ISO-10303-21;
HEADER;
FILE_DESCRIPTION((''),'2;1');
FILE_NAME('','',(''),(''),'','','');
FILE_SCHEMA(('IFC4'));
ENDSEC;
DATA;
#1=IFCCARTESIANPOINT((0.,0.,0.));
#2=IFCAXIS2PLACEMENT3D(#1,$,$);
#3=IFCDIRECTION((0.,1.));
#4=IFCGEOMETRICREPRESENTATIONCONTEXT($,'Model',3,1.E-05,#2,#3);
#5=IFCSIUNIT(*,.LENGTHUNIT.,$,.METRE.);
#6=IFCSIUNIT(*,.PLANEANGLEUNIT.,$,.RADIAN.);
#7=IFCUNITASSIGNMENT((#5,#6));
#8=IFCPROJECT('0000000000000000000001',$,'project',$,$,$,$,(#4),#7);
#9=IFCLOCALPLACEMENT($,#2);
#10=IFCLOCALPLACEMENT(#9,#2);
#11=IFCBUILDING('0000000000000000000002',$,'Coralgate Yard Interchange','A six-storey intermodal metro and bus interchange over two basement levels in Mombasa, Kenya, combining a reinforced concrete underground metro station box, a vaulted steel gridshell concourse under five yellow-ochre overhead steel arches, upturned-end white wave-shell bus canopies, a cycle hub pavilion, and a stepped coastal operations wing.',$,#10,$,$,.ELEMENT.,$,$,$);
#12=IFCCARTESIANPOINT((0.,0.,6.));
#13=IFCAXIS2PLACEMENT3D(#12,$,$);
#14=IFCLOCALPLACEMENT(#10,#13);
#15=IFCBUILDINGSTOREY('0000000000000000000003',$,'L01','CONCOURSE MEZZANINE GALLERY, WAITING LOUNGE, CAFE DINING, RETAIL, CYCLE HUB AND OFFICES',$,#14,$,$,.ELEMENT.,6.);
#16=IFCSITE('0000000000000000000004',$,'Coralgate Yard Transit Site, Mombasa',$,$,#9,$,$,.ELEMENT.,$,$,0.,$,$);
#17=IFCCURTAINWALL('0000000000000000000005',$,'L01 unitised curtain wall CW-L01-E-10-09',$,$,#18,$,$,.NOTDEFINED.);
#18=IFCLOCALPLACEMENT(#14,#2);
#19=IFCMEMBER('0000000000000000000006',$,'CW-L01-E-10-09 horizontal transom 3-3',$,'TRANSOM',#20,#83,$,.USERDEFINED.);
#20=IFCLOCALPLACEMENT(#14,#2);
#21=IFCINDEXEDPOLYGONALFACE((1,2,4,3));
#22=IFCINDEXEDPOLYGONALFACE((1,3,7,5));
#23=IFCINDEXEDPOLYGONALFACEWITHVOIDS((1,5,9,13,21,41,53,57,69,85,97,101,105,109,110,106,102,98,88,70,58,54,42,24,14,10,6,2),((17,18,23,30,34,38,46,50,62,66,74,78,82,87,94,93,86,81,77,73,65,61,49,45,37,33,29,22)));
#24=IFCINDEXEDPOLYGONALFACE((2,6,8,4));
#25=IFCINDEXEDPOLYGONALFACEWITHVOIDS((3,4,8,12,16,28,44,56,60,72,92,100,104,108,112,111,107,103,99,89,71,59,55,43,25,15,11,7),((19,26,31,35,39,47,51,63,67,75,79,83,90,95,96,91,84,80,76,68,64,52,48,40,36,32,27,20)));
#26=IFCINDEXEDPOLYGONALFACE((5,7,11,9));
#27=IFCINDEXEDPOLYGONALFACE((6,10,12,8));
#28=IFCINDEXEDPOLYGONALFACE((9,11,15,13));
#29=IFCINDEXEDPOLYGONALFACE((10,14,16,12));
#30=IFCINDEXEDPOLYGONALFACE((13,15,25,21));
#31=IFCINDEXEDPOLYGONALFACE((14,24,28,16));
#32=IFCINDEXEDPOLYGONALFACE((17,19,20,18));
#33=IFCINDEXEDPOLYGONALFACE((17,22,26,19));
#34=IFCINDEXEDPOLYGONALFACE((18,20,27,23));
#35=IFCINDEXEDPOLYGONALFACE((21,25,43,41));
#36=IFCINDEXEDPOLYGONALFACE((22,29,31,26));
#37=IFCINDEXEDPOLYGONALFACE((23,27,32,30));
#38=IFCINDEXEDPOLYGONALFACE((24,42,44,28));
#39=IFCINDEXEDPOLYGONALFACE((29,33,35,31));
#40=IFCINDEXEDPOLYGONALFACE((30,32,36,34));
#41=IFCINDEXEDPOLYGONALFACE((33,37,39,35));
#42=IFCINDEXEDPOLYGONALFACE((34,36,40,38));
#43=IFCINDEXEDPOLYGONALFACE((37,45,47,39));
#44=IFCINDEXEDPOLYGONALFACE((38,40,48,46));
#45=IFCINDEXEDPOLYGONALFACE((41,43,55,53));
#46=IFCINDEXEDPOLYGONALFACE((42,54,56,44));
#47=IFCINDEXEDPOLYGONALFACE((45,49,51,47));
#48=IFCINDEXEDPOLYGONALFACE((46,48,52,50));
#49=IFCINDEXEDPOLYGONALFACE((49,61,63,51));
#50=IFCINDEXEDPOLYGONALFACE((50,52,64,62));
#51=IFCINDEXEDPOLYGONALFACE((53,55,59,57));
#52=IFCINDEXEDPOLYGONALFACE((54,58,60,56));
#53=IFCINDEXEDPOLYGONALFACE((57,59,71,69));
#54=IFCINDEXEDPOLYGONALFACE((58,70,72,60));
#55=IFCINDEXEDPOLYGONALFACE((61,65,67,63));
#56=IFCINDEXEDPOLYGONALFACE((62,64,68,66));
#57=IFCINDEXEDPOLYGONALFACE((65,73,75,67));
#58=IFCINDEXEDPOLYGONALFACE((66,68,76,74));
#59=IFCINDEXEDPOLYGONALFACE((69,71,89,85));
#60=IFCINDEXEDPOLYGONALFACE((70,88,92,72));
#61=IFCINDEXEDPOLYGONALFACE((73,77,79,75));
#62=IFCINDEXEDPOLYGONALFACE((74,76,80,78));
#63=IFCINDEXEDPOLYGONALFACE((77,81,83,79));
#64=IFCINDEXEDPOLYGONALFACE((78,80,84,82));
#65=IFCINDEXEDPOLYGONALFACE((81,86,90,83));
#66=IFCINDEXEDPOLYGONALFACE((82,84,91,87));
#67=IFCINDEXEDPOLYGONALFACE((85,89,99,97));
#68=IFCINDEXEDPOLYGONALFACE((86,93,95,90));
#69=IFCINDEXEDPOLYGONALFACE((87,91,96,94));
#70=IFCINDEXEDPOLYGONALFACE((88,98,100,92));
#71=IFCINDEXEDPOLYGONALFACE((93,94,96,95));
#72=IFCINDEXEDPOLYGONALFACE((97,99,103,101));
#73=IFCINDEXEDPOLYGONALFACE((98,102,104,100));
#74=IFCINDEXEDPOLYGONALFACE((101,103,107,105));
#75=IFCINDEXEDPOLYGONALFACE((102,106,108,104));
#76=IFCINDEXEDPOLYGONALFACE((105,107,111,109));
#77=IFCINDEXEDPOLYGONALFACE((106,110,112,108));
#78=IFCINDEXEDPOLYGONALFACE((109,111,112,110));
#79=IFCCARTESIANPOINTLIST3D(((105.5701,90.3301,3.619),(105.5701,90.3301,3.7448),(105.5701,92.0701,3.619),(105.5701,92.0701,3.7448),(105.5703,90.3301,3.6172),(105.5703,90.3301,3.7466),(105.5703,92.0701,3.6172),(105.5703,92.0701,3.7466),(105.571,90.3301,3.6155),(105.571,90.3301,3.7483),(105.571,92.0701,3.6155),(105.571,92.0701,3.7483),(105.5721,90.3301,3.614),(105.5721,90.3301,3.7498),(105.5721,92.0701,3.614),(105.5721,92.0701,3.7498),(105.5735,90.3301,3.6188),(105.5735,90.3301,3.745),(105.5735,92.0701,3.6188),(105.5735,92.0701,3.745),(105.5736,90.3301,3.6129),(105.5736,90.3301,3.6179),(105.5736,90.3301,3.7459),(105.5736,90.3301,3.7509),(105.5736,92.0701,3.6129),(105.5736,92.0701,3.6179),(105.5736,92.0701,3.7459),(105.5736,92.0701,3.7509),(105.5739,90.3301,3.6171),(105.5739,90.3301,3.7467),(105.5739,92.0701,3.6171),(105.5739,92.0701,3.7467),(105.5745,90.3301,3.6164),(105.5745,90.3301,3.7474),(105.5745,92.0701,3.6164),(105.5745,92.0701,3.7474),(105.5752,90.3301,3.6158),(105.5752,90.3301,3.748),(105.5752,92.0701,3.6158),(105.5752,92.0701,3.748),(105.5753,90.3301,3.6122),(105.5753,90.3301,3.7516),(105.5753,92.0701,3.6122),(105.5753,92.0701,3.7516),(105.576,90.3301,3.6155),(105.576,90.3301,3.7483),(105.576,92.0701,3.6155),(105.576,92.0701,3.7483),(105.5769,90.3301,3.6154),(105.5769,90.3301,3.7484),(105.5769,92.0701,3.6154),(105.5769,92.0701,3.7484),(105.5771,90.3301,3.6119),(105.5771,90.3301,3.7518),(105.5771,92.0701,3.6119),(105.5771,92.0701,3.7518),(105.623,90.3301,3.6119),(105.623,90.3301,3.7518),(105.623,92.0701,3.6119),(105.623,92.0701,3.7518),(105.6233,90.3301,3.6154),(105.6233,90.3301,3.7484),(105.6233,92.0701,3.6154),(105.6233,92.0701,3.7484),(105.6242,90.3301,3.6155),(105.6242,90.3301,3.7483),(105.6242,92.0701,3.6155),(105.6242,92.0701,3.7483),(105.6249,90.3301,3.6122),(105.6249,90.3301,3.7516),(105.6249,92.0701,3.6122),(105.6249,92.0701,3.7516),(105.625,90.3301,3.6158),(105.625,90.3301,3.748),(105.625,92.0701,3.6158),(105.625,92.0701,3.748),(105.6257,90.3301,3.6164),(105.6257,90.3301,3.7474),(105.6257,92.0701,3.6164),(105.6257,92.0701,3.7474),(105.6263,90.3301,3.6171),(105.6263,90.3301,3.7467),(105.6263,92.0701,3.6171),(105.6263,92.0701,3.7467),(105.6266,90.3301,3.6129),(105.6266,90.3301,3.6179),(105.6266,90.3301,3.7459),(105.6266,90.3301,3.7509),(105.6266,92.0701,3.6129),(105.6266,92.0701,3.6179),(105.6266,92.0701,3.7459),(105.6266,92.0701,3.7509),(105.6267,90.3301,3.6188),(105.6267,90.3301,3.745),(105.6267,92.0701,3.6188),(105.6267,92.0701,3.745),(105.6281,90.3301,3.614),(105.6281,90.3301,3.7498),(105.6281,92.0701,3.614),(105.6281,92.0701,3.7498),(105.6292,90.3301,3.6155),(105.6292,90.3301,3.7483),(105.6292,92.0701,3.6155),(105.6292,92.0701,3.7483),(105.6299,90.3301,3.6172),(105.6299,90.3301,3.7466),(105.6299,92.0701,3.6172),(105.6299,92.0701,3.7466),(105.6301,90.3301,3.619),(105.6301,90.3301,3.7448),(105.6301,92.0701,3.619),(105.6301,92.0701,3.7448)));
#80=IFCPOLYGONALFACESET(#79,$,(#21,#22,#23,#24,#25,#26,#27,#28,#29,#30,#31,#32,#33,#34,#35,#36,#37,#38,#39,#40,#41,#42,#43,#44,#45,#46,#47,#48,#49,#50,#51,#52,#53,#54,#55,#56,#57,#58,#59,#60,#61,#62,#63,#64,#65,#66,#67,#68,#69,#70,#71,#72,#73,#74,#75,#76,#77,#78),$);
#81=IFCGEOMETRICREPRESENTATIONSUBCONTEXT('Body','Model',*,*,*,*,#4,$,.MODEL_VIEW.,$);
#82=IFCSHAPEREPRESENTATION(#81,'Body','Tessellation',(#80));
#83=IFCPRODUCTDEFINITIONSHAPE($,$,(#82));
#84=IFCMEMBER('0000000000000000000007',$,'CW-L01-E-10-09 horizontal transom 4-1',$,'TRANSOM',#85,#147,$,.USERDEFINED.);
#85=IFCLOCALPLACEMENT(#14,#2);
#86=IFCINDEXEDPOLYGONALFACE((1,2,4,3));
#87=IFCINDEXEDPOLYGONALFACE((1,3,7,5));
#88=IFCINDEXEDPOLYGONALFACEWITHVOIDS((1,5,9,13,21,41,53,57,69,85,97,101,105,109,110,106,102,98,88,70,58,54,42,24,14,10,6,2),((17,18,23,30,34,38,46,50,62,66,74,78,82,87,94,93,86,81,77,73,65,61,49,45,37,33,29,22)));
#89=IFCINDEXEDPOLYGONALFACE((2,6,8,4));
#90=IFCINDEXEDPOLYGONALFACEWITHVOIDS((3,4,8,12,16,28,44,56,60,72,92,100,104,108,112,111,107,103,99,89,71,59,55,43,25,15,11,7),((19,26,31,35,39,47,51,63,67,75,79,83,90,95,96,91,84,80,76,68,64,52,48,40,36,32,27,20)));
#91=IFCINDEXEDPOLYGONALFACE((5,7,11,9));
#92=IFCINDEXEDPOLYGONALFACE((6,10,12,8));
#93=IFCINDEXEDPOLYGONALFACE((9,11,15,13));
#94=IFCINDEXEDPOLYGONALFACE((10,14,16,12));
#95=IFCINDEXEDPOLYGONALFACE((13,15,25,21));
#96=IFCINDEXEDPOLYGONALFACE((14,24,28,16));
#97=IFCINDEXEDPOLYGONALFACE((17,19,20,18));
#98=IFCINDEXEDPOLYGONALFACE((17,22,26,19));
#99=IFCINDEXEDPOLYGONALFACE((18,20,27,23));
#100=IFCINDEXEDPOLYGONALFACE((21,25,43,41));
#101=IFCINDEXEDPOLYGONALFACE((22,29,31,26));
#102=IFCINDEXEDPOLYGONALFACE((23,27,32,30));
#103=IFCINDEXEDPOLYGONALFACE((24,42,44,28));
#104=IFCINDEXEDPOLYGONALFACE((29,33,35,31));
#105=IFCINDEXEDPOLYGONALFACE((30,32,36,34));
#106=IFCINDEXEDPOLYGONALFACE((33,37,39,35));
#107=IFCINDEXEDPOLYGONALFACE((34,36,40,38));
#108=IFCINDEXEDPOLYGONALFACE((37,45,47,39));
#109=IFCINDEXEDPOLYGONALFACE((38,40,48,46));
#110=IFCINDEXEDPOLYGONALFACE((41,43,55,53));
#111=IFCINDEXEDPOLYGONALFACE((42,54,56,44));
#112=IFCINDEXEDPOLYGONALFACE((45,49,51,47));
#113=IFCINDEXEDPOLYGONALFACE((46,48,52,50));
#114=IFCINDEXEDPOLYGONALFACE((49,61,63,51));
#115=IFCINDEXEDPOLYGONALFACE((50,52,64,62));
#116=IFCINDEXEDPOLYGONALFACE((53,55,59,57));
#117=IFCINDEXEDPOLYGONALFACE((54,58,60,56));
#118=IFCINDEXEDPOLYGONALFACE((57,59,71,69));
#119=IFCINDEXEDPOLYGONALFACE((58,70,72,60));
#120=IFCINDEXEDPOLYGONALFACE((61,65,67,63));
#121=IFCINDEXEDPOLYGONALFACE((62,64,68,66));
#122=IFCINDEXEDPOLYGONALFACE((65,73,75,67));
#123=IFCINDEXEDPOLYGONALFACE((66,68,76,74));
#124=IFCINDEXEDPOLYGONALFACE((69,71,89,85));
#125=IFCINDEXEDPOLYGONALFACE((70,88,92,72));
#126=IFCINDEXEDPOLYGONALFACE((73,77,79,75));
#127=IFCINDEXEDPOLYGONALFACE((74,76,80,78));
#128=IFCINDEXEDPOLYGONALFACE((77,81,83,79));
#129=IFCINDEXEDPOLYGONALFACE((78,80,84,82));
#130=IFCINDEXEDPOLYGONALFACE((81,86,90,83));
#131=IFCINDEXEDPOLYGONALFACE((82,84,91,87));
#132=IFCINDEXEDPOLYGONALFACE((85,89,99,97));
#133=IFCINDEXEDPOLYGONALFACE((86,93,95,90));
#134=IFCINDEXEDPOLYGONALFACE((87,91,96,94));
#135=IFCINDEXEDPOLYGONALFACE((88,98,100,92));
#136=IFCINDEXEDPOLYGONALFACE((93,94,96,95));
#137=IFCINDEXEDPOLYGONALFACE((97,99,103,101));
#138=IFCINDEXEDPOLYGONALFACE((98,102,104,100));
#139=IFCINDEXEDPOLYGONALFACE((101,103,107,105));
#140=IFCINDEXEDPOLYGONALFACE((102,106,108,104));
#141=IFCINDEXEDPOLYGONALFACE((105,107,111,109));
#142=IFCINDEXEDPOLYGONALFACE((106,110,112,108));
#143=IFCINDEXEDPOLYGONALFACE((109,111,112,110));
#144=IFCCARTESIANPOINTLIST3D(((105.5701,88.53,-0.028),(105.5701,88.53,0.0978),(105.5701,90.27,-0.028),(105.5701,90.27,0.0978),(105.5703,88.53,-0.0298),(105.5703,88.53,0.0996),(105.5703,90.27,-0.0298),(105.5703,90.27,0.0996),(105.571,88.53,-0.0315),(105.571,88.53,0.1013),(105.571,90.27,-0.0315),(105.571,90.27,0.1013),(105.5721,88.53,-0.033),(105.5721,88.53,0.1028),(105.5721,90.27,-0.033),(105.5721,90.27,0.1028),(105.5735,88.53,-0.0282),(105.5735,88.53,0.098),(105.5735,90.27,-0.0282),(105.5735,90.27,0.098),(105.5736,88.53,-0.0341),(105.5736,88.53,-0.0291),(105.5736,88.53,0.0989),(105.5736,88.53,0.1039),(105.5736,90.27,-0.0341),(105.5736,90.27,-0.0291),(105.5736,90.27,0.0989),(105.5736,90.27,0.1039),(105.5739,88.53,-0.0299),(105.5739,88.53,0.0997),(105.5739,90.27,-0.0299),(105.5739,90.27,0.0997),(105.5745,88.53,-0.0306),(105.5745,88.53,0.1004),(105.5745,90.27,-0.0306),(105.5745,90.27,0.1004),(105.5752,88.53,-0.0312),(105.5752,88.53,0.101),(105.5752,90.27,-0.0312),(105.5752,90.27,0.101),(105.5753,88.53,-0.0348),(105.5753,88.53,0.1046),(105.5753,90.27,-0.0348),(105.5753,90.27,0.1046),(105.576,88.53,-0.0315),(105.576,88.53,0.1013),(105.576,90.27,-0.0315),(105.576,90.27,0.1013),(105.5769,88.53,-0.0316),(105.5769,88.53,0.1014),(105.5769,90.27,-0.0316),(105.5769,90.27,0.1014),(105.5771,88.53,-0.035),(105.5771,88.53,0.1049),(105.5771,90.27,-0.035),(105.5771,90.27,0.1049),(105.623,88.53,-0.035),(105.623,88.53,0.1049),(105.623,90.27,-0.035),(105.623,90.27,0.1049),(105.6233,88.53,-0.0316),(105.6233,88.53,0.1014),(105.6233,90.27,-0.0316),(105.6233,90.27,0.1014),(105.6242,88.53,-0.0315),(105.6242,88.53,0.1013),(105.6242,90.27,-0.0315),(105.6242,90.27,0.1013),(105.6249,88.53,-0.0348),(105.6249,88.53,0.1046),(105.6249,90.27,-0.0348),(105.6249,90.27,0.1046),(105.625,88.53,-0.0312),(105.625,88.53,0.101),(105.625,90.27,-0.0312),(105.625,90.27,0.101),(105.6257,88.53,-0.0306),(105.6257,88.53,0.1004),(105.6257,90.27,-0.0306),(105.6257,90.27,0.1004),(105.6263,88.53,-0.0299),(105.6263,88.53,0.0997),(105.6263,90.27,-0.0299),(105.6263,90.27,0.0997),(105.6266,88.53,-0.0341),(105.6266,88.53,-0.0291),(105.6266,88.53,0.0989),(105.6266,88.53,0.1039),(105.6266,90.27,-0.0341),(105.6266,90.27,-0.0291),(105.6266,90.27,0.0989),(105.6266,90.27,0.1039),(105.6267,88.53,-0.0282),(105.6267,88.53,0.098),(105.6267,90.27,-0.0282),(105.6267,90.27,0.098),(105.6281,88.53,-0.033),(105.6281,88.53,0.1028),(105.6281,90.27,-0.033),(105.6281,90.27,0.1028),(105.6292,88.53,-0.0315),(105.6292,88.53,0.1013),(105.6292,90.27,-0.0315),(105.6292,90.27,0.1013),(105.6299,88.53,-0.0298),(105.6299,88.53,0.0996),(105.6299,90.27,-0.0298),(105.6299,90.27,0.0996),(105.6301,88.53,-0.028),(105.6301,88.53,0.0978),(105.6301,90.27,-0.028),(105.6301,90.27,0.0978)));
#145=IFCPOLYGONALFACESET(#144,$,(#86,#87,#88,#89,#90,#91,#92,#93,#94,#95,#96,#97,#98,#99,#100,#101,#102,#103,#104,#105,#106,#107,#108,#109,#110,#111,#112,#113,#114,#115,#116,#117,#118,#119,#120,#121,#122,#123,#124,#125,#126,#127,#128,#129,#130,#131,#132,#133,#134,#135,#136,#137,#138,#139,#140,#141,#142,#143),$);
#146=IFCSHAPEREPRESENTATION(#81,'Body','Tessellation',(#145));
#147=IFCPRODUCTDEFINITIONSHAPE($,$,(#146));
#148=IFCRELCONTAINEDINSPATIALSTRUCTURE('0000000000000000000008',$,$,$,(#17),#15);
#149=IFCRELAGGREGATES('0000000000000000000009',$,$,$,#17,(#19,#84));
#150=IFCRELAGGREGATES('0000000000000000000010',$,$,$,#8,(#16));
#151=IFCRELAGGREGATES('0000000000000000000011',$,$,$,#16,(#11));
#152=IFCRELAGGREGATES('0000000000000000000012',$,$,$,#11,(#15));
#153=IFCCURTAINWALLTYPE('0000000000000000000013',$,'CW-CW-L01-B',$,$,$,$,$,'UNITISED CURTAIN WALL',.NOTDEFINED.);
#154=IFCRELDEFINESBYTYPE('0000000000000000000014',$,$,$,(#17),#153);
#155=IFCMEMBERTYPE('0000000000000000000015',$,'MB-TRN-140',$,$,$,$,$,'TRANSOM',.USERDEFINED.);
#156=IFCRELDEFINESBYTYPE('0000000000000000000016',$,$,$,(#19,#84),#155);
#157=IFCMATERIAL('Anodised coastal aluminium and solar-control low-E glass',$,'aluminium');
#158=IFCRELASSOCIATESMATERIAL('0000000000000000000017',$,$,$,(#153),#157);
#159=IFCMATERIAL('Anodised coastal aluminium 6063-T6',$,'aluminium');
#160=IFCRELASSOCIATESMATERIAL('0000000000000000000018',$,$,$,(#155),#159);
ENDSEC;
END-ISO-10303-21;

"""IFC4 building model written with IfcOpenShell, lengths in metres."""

from ifc_helpers import new_model, si_unit, direction, frame, origin, origin_2d, place, context, subcontext, project, spatial, hollow_rectangle, extrude, material, material_profile, profile_set, type_object, element, aggregate, save


model = new_model("IFC4")

# Units and contexts
model_context = context("Model", 3, precision=1e-05, world=origin(), true_north=direction((0.0, 1.0)))
body_context = subcontext(model_context, "Body", "Model", "MODEL_VIEW")
ifc_project = project(units=[si_unit("LENGTHUNIT", "METRE"), si_unit("PLANEANGLEUNIT", "RADIAN")], contexts=[model_context])

# Site, building, storey
site_placement = place(None, origin())
site = spatial("IfcSite", under=ifc_project, at=site_placement, Name="Coralgate Yard Transit Site, Mombasa", CompositionType="ELEMENT", RefElevation=0.0)
building_placement = place(site_placement, origin())
building = spatial("IfcBuilding", under=site, at=building_placement, Name="Coralgate Yard Interchange", Description="A six-storey intermodal metro and bus interchange over two basement levels in Mombasa, Kenya, combining a reinforced concrete underground metro station box, a vaulted steel gridshell concourse under five yellow-ochre overhead steel arches, upturned-end white wave-shell bus canopies, a cycle hub pavilion, and a stepped coastal operations wing.", CompositionType="ELEMENT")
storey_placement = place(building_placement, frame((0.0, 0.0, 6.0)))
storey = spatial("IfcBuildingStorey", under=building, at=storey_placement, Name="L01", Description="CONCOURSE MEZZANINE GALLERY, WAITING LOUNGE, CAFE DINING, RETAIL, CYCLE HUB AND OFFICES", CompositionType="ELEMENT", Elevation=6.0)

# Curtain wall, members
ifc_material_1 = material(Name="Anodised coastal aluminium and solar-control low-E glass", Category="aluminium")
curtain_wall_type = type_object("IfcCurtainWallType", Name="CW-CW-L01-B", ElementType="UNITISED CURTAIN WALL", PredefinedType="NOTDEFINED", material=ifc_material_1)
curtain_wall_placement = place(storey_placement, origin())
curtain_wall = element("IfcCurtainWall", 1, at=curtain_wall_placement, inside=storey, type_object=curtain_wall_type, Name="L01 unitised curtain wall CW-L01-E-10-09", PredefinedType="NOTDEFINED")
ifc_material_2 = material(Name="Anodised coastal aluminium 6063-T6", Category="aluminium")
ifc_material_profile_1 = material_profile(ifc_material_2, hollow_rectangle(XDim=0.0601, YDim=0.1399, WallThickness=0.0034, InnerFilletRadius=0.0034, OuterFilletRadius=0.0071, at=origin_2d()), Name="ALU 60x140x3.5")
ifc_profile_set_1 = profile_set([ifc_material_profile_1], Name="Anodised coastal aluminium 6063-T6")
member_type_1 = type_object("IfcMemberType", Name="MB-TRN-140", ElementType="TRANSOM", PredefinedType="USERDEFINED", material=ifc_profile_set_1)
member_1_placement = place(storey_placement, frame((105.6001, 92.0701, 3.6819), z_axis=(0.0, -1.0, 0.0), x_axis=(1.0, 0.0, 0.0)))
member_1 = element("IfcMember", 2, at=member_1_placement, type_object=member_type_1, Name="CW-L01-E-10-09 horizontal transom 3-3", ObjectType="TRANSOM", PredefinedType="USERDEFINED", context=body_context, shape_type="SweptSolid", body=[
    extrude(hollow_rectangle(XDim=0.0601, YDim=0.1399, WallThickness=0.0034, InnerFilletRadius=0.0034, OuterFilletRadius=0.0071, at=origin_2d()), origin(), (0.0, 0.0, 1.0), 1.74),
])
member_2_placement = place(storey_placement, frame((105.6001, 90.27, 0.0349), z_axis=(0.0, -1.0, 0.0), x_axis=(1.0, 0.0, 0.0)))
member_2 = element("IfcMember", 3, at=member_2_placement, type_object=member_type_1, Name="CW-L01-E-10-09 horizontal transom 4-1", ObjectType="TRANSOM", PredefinedType="USERDEFINED", context=body_context, shape_type="SweptSolid", body=[
    extrude(hollow_rectangle(XDim=0.0601, YDim=0.1399, WallThickness=0.0034, InnerFilletRadius=0.0034, OuterFilletRadius=0.0071, at=origin_2d()), origin(), (0.0, 0.0, 1.0), 1.74),
])
aggregate(curtain_wall, [member_1, member_2])

save(model, "model.ifc")
